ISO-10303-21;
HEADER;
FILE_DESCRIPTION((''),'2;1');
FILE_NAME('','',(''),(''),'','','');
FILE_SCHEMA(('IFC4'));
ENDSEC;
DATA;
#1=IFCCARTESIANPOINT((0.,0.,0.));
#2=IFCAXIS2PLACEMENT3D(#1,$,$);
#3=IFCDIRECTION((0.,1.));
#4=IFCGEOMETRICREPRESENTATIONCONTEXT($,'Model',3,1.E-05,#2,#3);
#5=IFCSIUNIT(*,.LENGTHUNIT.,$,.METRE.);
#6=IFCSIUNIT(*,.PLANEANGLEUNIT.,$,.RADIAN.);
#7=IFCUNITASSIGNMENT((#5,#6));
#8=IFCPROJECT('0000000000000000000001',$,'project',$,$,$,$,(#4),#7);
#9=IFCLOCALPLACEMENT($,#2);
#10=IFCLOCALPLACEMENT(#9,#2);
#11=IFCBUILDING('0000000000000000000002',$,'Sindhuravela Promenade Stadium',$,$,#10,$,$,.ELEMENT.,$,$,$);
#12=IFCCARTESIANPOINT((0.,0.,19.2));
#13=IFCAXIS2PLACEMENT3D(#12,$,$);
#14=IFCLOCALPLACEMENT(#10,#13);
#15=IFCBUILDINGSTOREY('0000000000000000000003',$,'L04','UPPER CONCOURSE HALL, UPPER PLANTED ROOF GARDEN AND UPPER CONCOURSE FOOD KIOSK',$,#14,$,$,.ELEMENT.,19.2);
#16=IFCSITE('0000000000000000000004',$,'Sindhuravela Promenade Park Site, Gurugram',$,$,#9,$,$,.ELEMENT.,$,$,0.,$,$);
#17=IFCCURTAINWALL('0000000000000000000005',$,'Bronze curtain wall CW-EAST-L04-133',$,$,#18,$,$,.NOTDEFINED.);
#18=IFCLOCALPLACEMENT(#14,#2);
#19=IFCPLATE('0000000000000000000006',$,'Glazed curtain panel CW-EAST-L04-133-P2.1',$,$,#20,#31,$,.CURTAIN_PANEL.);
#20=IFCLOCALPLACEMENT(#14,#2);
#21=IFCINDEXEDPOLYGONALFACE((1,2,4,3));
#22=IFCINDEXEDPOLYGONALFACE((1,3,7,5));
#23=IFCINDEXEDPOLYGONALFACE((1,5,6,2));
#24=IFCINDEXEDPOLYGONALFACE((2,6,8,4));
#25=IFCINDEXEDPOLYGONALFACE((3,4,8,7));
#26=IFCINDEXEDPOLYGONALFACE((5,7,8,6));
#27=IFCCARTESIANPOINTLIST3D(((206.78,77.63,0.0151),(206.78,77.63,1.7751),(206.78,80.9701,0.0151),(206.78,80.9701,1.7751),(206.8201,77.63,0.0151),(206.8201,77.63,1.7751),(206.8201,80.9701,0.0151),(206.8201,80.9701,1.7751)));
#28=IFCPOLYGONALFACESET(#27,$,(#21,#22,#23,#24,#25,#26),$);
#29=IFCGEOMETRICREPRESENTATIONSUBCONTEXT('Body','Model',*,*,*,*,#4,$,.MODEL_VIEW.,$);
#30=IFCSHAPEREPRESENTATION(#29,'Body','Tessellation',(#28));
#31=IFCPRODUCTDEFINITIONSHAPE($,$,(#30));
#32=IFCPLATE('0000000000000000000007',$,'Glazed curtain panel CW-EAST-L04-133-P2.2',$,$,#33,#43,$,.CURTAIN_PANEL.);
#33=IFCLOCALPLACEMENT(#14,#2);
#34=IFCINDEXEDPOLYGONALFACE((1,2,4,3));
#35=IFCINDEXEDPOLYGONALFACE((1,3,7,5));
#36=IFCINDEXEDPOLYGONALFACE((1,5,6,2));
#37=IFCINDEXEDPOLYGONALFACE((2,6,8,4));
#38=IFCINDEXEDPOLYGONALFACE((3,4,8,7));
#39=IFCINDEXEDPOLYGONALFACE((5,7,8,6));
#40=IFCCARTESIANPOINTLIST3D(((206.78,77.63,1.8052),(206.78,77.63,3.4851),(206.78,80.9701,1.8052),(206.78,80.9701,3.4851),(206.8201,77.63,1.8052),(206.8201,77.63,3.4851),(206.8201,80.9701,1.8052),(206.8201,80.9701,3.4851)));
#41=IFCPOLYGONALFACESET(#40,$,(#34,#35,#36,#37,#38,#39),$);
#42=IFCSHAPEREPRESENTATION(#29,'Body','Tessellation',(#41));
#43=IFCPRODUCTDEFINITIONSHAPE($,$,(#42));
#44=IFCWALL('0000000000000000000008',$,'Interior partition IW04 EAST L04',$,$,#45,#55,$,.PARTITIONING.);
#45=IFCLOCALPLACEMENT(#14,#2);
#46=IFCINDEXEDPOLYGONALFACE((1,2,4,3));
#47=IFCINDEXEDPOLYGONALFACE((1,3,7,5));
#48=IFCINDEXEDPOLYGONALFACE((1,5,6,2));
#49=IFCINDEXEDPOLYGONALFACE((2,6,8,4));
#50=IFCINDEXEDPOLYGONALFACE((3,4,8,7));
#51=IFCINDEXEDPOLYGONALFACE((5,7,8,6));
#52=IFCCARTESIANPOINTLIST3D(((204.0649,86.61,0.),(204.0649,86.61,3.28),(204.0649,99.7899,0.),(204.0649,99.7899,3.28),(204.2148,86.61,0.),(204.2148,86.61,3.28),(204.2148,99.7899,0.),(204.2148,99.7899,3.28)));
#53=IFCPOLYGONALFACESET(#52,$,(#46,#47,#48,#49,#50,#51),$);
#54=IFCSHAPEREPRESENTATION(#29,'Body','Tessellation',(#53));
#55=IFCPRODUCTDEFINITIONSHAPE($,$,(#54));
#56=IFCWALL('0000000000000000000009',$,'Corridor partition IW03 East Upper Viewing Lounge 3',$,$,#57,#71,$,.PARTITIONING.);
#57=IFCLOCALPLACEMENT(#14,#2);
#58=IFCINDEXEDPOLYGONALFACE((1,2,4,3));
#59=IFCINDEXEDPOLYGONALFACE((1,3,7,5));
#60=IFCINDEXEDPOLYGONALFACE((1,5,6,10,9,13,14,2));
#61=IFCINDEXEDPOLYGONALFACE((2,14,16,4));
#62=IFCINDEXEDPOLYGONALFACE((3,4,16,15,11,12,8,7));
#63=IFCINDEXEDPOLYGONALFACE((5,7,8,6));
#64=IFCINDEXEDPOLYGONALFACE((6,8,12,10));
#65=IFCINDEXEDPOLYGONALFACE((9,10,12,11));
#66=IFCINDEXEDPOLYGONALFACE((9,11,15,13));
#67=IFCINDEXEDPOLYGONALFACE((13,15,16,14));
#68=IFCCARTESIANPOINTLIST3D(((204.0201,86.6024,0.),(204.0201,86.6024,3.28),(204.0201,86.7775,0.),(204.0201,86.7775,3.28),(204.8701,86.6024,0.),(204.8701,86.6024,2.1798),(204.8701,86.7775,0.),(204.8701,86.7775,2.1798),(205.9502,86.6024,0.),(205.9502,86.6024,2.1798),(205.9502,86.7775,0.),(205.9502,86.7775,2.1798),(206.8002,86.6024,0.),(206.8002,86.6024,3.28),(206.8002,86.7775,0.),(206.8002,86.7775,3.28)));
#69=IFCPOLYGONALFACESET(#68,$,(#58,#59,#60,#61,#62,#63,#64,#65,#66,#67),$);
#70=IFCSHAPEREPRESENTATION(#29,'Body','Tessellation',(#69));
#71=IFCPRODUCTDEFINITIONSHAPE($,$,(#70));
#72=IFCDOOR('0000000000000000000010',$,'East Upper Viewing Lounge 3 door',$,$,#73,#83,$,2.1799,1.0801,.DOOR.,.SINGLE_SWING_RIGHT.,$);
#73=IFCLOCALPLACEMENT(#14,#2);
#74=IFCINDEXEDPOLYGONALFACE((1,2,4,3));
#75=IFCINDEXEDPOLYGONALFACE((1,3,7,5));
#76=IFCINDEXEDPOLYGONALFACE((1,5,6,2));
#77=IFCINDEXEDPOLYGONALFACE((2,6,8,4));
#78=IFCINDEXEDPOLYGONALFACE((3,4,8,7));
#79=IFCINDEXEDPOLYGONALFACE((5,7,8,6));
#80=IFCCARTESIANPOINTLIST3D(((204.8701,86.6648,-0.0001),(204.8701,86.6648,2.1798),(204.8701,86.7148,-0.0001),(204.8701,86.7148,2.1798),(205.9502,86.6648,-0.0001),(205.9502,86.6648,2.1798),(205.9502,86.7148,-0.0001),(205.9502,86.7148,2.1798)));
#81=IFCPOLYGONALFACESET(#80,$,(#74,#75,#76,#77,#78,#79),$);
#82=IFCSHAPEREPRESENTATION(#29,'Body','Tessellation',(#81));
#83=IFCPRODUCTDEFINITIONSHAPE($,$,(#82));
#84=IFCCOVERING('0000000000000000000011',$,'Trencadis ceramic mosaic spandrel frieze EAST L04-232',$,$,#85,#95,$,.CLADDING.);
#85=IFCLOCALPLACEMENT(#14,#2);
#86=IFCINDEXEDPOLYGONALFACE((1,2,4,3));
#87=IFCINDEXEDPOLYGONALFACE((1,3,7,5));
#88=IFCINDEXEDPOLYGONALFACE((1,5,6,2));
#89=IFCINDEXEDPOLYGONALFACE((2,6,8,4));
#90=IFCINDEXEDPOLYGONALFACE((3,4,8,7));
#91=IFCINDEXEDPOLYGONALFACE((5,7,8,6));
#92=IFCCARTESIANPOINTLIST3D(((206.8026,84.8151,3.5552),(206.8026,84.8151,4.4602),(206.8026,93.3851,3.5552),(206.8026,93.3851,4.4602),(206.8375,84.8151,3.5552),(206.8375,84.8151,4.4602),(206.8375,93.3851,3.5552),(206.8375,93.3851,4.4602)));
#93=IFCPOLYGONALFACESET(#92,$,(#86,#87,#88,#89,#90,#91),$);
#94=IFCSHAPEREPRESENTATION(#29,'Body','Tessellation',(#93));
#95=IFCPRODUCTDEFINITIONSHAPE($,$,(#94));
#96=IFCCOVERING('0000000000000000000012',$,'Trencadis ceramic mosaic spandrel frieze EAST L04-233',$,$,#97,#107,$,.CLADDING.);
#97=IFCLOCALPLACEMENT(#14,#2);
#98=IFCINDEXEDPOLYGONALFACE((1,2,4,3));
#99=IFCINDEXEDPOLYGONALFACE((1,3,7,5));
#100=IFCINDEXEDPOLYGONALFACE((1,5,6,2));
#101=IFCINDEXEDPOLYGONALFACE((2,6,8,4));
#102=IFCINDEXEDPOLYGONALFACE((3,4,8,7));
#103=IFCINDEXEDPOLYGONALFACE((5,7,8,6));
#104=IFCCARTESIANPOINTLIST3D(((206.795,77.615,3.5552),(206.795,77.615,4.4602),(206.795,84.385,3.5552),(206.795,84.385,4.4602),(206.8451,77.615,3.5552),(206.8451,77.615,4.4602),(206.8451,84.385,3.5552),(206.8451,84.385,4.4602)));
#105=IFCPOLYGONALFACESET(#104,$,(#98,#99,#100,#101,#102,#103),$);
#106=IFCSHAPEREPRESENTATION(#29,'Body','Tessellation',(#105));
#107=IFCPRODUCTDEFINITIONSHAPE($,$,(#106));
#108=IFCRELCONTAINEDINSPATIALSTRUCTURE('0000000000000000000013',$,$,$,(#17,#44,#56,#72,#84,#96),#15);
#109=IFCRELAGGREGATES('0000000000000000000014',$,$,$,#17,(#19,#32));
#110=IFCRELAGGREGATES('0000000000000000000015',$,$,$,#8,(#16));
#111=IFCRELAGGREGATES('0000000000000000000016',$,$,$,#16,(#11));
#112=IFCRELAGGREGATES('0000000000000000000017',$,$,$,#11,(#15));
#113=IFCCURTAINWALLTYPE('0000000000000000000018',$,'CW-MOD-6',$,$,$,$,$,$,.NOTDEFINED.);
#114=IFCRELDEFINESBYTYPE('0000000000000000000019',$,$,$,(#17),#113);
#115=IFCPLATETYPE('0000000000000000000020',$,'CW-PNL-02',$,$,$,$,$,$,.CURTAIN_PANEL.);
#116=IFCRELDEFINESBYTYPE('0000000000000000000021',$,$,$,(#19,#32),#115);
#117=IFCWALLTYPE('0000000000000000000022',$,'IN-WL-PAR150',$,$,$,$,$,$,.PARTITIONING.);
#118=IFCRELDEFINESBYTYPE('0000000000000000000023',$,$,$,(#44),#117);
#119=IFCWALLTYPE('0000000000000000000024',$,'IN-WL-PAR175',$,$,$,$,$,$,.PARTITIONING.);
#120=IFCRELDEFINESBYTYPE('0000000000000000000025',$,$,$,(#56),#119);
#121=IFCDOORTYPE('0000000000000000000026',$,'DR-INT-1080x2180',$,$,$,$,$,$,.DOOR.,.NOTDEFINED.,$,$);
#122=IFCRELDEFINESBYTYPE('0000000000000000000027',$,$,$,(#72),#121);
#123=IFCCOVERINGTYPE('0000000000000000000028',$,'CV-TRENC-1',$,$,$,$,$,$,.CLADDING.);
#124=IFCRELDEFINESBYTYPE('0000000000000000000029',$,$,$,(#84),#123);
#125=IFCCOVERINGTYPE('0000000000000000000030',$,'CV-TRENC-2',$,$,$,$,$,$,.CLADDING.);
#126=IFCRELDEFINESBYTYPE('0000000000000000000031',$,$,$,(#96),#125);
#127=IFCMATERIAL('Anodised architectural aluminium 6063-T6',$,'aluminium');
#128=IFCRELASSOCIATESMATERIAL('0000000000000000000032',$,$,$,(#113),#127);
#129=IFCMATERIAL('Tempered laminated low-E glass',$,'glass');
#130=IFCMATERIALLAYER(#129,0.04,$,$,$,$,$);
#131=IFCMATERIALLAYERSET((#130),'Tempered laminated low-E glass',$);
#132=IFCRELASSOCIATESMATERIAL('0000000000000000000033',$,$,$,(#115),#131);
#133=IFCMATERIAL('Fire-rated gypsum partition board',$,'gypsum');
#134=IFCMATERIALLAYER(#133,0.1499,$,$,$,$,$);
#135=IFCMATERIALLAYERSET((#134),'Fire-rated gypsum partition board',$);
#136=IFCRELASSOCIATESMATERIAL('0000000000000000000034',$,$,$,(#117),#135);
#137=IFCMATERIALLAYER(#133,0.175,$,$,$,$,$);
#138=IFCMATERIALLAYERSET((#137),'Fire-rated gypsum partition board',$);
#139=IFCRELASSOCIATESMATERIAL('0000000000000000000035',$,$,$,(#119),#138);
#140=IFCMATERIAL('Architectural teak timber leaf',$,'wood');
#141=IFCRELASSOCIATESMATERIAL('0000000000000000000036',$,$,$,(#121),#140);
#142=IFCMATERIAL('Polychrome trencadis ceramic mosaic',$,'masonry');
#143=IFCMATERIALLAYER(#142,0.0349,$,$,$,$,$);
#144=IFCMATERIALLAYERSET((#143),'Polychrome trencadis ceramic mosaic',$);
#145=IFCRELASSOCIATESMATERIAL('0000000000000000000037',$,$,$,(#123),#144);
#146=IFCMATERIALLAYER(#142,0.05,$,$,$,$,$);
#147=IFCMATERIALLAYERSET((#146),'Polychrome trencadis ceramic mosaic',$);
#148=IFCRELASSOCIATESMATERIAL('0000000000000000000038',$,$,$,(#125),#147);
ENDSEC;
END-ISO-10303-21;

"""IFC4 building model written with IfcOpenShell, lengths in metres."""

from ifc_helpers import new_model, si_unit, direction, frame, frame_2d, origin, origin_2d, place, context, subcontext, project, spatial, rectangle, extrude, material, layer, layer_set, type_object, element, fill, aggregate, save


model = new_model("IFC4")

# Units and contexts
model_context = context("Model", 3, precision=1e-05, world=origin(), true_north=direction((0.0, 1.0)))
body_context = subcontext(model_context, "Body", "Model", "MODEL_VIEW")
ifc_project = project(units=[si_unit("LENGTHUNIT", "METRE"), si_unit("PLANEANGLEUNIT", "RADIAN")], contexts=[model_context])

# Site, building, storey
site_placement = place(None, origin())
site = spatial("IfcSite", under=ifc_project, at=site_placement, Name="Sindhuravela Promenade Park Site, Gurugram", CompositionType="ELEMENT", RefElevation=0.0)
building_placement = place(site_placement, origin())
building = spatial("IfcBuilding", under=site, at=building_placement, Name="Sindhuravela Promenade Stadium", CompositionType="ELEMENT")
storey_placement = place(building_placement, frame((0.0, 0.0, 19.2)))
storey = spatial("IfcBuildingStorey", under=building, at=storey_placement, Name="L04", Description="UPPER CONCOURSE HALL, UPPER PLANTED ROOF GARDEN AND UPPER CONCOURSE FOOD KIOSK", CompositionType="ELEMENT", Elevation=19.2)

# Curtain wall
ifc_material_1 = material(Name="Anodised architectural aluminium 6063-T6", Category="aluminium")
curtain_wall_type_1 = type_object("IfcCurtainWallType", Name="CW-MOD-6", PredefinedType="NOTDEFINED", material=ifc_material_1)
curtain_wall_1_placement = place(storey_placement, origin())
curtain_wall_1 = element("IfcCurtainWall", 1, at=curtain_wall_1_placement, inside=storey, type_object=curtain_wall_type_1, Name="Bronze curtain wall CW-EAST-L04-133", PredefinedType="NOTDEFINED")

# Plates
ifc_material_2 = material(Name="Tempered laminated low-E glass", Category="glass")
ifc_layer_1 = layer(ifc_material_2, 0.04)
ifc_layer_set_1 = layer_set([ifc_layer_1], Name="Tempered laminated low-E glass")
plate_type_1 = type_object("IfcPlateType", Name="CW-PNL-02", PredefinedType="CURTAIN_PANEL", material=ifc_layer_set_1)
plate_1_placement = place(storey_placement, frame((206.8, 79.3, 0.0151), z_axis=(0.0, 0.0, 1.0), x_axis=(0.0, -1.0, 0.0)))
plate_1 = element("IfcPlate", 2, at=plate_1_placement, type_object=plate_type_1, Name="Glazed curtain panel CW-EAST-L04-133-P2.1", PredefinedType="CURTAIN_PANEL", context=body_context, shape_type="SweptSolid", body=[
    extrude(rectangle(XDim=3.3401, YDim=0.04, at=origin_2d()), origin(), (0.0, 0.0, 1.0), 1.76),
])
plate_2_placement = place(storey_placement, frame((206.8, 79.3, 1.8052), z_axis=(0.0, 0.0, 1.0), x_axis=(0.0, -1.0, 0.0)))
plate_2 = element("IfcPlate", 3, at=plate_2_placement, type_object=plate_type_1, Name="Glazed curtain panel CW-EAST-L04-133-P2.2", PredefinedType="CURTAIN_PANEL", context=body_context, shape_type="SweptSolid", body=[
    extrude(rectangle(XDim=3.3401, YDim=0.04, at=origin_2d()), origin(), (0.0, 0.0, 1.0), 1.6799),
])
aggregate(curtain_wall_1, [plate_1, plate_2])

# Wall
ifc_material_3 = material(Name="Fire-rated gypsum partition board", Category="gypsum")
ifc_layer_2 = layer(ifc_material_3, 0.1499)
ifc_layer_set_2 = layer_set([ifc_layer_2], Name="Fire-rated gypsum partition board")
wall_type_1 = type_object("IfcWallType", Name="IN-WL-PAR150", PredefinedType="PARTITIONING", material=ifc_layer_set_2)
wall_1_placement = place(storey_placement, frame((204.1399, 86.6101, 0.0), z_axis=(0.0, 0.0, 1.0), x_axis=(0.0, 1.0, 0.0)))
element("IfcWall", 4, at=wall_1_placement, inside=storey, type_object=wall_type_1, Name="Interior partition IW04 EAST L04", PredefinedType="PARTITIONING", context=body_context, shape_type="SweptSolid", body=[
    extrude(rectangle(XDim=13.1799, YDim=0.1499, at=frame_2d((6.5898, 0.0))), origin(), (0.0, 0.0, 1.0), 3.28),
])

# Wall, opening, door
ifc_layer_3 = layer(ifc_material_3, 0.175)
ifc_layer_set_3 = layer_set([ifc_layer_3], Name="Fire-rated gypsum partition board")
wall_type_2 = type_object("IfcWallType", Name="IN-WL-PAR175", PredefinedType="PARTITIONING", material=ifc_layer_set_3)
wall_2_placement = place(storey_placement, frame((204.02, 86.6899, 0.0), z_axis=(0.0, 0.0, 1.0), x_axis=(1.0, 0.0, 0.0)))
wall_2 = element("IfcWall", 5, at=wall_2_placement, inside=storey, type_object=wall_type_2, Name="Corridor partition IW03 East Upper Viewing Lounge 3", PredefinedType="PARTITIONING", context=body_context, shape_type="SweptSolid", body=[
    extrude(rectangle(XDim=2.78, YDim=0.175, at=frame_2d((1.3901, 0.0))), origin(), (0.0, 0.0, 1.0), 3.28),
])
opening_placement = place(wall_2_placement, frame((0.8501, 0.0, 0.0)))
opening = element("IfcOpeningElement", 6, at=opening_placement, cuts=wall_2, PredefinedType="OPENING", context=body_context, shape_type="SweptSolid", body=[
    extrude(rectangle(XDim=1.0801, YDim=2.1799, at=frame_2d((0.54, 1.0898))), frame((0.0, 0.0974, 0.0), z_axis=(0.0, -1.0, 0.0), x_axis=(1.0, 0.0, 0.0)), (0.0, 0.0, 1.0), 0.1951),
])
ifc_material_4 = material(Name="Architectural teak timber leaf", Category="wood")
door_type = type_object("IfcDoorType", Name="DR-INT-1080x2180", OperationType="NOTDEFINED", PredefinedType="DOOR", material=ifc_material_4)
door_placement = place(opening_placement, origin())
door = element("IfcDoor", 7, at=door_placement, inside=storey, type_object=door_type, Name="East Upper Viewing Lounge 3 door", OperationType="SINGLE_SWING_RIGHT", OverallHeight=2.1799, OverallWidth=1.0801, PredefinedType="DOOR", context=body_context, shape_type="SweptSolid", body=[
    extrude(rectangle(XDim=1.0801, YDim=2.1799, at=frame_2d((0.54, 1.0898))), frame((0.0, 0.0249, 0.0), z_axis=(0.0, -1.0, 0.0), x_axis=(1.0, 0.0, 0.0)), (0.0, 0.0, 1.0), 0.05),
])
fill(opening, door)

# Coverings
ifc_material_5 = material(Name="Polychrome trencadis ceramic mosaic", Category="masonry")
ifc_layer_4 = layer(ifc_material_5, 0.0349)
ifc_layer_set_4 = layer_set([ifc_layer_4], Name="Polychrome trencadis ceramic mosaic")
covering_type_1 = type_object("IfcCoveringType", Name="CV-TRENC-1", PredefinedType="CLADDING", material=ifc_layer_set_4)
covering_1_placement = place(storey_placement, frame((206.8201, 89.1001, 3.5552), z_axis=(0.0, 0.0, 1.0), x_axis=(0.0, -1.0, 0.0)))
element("IfcCovering", 8, at=covering_1_placement, inside=storey, type_object=covering_type_1, Name="Trencadis ceramic mosaic spandrel frieze EAST L04-232", PredefinedType="CLADDING", context=body_context, shape_type="SweptSolid", body=[
    extrude(rectangle(XDim=8.5701, YDim=0.0349, at=origin_2d()), origin(), (0.0, 0.0, 1.0), 0.905),
])
ifc_layer_5 = layer(ifc_material_5, 0.05)
ifc_layer_set_5 = layer_set([ifc_layer_5], Name="Polychrome trencadis ceramic mosaic")
covering_type_2 = type_object("IfcCoveringType", Name="CV-TRENC-2", PredefinedType="CLADDING", material=ifc_layer_set_5)
covering_2_placement = place(storey_placement, frame((206.8201, 81.0, 3.5552), z_axis=(0.0, 0.0, 1.0), x_axis=(0.0, -1.0, 0.0)))
element("IfcCovering", 9, at=covering_2_placement, inside=storey, type_object=covering_type_2, Name="Trencadis ceramic mosaic spandrel frieze EAST L04-233", PredefinedType="CLADDING", context=body_context, shape_type="SweptSolid", body=[
    extrude(rectangle(XDim=6.77, YDim=0.05, at=origin_2d()), origin(), (0.0, 0.0, 1.0), 0.905),
])

save(model, "model.ifc")
